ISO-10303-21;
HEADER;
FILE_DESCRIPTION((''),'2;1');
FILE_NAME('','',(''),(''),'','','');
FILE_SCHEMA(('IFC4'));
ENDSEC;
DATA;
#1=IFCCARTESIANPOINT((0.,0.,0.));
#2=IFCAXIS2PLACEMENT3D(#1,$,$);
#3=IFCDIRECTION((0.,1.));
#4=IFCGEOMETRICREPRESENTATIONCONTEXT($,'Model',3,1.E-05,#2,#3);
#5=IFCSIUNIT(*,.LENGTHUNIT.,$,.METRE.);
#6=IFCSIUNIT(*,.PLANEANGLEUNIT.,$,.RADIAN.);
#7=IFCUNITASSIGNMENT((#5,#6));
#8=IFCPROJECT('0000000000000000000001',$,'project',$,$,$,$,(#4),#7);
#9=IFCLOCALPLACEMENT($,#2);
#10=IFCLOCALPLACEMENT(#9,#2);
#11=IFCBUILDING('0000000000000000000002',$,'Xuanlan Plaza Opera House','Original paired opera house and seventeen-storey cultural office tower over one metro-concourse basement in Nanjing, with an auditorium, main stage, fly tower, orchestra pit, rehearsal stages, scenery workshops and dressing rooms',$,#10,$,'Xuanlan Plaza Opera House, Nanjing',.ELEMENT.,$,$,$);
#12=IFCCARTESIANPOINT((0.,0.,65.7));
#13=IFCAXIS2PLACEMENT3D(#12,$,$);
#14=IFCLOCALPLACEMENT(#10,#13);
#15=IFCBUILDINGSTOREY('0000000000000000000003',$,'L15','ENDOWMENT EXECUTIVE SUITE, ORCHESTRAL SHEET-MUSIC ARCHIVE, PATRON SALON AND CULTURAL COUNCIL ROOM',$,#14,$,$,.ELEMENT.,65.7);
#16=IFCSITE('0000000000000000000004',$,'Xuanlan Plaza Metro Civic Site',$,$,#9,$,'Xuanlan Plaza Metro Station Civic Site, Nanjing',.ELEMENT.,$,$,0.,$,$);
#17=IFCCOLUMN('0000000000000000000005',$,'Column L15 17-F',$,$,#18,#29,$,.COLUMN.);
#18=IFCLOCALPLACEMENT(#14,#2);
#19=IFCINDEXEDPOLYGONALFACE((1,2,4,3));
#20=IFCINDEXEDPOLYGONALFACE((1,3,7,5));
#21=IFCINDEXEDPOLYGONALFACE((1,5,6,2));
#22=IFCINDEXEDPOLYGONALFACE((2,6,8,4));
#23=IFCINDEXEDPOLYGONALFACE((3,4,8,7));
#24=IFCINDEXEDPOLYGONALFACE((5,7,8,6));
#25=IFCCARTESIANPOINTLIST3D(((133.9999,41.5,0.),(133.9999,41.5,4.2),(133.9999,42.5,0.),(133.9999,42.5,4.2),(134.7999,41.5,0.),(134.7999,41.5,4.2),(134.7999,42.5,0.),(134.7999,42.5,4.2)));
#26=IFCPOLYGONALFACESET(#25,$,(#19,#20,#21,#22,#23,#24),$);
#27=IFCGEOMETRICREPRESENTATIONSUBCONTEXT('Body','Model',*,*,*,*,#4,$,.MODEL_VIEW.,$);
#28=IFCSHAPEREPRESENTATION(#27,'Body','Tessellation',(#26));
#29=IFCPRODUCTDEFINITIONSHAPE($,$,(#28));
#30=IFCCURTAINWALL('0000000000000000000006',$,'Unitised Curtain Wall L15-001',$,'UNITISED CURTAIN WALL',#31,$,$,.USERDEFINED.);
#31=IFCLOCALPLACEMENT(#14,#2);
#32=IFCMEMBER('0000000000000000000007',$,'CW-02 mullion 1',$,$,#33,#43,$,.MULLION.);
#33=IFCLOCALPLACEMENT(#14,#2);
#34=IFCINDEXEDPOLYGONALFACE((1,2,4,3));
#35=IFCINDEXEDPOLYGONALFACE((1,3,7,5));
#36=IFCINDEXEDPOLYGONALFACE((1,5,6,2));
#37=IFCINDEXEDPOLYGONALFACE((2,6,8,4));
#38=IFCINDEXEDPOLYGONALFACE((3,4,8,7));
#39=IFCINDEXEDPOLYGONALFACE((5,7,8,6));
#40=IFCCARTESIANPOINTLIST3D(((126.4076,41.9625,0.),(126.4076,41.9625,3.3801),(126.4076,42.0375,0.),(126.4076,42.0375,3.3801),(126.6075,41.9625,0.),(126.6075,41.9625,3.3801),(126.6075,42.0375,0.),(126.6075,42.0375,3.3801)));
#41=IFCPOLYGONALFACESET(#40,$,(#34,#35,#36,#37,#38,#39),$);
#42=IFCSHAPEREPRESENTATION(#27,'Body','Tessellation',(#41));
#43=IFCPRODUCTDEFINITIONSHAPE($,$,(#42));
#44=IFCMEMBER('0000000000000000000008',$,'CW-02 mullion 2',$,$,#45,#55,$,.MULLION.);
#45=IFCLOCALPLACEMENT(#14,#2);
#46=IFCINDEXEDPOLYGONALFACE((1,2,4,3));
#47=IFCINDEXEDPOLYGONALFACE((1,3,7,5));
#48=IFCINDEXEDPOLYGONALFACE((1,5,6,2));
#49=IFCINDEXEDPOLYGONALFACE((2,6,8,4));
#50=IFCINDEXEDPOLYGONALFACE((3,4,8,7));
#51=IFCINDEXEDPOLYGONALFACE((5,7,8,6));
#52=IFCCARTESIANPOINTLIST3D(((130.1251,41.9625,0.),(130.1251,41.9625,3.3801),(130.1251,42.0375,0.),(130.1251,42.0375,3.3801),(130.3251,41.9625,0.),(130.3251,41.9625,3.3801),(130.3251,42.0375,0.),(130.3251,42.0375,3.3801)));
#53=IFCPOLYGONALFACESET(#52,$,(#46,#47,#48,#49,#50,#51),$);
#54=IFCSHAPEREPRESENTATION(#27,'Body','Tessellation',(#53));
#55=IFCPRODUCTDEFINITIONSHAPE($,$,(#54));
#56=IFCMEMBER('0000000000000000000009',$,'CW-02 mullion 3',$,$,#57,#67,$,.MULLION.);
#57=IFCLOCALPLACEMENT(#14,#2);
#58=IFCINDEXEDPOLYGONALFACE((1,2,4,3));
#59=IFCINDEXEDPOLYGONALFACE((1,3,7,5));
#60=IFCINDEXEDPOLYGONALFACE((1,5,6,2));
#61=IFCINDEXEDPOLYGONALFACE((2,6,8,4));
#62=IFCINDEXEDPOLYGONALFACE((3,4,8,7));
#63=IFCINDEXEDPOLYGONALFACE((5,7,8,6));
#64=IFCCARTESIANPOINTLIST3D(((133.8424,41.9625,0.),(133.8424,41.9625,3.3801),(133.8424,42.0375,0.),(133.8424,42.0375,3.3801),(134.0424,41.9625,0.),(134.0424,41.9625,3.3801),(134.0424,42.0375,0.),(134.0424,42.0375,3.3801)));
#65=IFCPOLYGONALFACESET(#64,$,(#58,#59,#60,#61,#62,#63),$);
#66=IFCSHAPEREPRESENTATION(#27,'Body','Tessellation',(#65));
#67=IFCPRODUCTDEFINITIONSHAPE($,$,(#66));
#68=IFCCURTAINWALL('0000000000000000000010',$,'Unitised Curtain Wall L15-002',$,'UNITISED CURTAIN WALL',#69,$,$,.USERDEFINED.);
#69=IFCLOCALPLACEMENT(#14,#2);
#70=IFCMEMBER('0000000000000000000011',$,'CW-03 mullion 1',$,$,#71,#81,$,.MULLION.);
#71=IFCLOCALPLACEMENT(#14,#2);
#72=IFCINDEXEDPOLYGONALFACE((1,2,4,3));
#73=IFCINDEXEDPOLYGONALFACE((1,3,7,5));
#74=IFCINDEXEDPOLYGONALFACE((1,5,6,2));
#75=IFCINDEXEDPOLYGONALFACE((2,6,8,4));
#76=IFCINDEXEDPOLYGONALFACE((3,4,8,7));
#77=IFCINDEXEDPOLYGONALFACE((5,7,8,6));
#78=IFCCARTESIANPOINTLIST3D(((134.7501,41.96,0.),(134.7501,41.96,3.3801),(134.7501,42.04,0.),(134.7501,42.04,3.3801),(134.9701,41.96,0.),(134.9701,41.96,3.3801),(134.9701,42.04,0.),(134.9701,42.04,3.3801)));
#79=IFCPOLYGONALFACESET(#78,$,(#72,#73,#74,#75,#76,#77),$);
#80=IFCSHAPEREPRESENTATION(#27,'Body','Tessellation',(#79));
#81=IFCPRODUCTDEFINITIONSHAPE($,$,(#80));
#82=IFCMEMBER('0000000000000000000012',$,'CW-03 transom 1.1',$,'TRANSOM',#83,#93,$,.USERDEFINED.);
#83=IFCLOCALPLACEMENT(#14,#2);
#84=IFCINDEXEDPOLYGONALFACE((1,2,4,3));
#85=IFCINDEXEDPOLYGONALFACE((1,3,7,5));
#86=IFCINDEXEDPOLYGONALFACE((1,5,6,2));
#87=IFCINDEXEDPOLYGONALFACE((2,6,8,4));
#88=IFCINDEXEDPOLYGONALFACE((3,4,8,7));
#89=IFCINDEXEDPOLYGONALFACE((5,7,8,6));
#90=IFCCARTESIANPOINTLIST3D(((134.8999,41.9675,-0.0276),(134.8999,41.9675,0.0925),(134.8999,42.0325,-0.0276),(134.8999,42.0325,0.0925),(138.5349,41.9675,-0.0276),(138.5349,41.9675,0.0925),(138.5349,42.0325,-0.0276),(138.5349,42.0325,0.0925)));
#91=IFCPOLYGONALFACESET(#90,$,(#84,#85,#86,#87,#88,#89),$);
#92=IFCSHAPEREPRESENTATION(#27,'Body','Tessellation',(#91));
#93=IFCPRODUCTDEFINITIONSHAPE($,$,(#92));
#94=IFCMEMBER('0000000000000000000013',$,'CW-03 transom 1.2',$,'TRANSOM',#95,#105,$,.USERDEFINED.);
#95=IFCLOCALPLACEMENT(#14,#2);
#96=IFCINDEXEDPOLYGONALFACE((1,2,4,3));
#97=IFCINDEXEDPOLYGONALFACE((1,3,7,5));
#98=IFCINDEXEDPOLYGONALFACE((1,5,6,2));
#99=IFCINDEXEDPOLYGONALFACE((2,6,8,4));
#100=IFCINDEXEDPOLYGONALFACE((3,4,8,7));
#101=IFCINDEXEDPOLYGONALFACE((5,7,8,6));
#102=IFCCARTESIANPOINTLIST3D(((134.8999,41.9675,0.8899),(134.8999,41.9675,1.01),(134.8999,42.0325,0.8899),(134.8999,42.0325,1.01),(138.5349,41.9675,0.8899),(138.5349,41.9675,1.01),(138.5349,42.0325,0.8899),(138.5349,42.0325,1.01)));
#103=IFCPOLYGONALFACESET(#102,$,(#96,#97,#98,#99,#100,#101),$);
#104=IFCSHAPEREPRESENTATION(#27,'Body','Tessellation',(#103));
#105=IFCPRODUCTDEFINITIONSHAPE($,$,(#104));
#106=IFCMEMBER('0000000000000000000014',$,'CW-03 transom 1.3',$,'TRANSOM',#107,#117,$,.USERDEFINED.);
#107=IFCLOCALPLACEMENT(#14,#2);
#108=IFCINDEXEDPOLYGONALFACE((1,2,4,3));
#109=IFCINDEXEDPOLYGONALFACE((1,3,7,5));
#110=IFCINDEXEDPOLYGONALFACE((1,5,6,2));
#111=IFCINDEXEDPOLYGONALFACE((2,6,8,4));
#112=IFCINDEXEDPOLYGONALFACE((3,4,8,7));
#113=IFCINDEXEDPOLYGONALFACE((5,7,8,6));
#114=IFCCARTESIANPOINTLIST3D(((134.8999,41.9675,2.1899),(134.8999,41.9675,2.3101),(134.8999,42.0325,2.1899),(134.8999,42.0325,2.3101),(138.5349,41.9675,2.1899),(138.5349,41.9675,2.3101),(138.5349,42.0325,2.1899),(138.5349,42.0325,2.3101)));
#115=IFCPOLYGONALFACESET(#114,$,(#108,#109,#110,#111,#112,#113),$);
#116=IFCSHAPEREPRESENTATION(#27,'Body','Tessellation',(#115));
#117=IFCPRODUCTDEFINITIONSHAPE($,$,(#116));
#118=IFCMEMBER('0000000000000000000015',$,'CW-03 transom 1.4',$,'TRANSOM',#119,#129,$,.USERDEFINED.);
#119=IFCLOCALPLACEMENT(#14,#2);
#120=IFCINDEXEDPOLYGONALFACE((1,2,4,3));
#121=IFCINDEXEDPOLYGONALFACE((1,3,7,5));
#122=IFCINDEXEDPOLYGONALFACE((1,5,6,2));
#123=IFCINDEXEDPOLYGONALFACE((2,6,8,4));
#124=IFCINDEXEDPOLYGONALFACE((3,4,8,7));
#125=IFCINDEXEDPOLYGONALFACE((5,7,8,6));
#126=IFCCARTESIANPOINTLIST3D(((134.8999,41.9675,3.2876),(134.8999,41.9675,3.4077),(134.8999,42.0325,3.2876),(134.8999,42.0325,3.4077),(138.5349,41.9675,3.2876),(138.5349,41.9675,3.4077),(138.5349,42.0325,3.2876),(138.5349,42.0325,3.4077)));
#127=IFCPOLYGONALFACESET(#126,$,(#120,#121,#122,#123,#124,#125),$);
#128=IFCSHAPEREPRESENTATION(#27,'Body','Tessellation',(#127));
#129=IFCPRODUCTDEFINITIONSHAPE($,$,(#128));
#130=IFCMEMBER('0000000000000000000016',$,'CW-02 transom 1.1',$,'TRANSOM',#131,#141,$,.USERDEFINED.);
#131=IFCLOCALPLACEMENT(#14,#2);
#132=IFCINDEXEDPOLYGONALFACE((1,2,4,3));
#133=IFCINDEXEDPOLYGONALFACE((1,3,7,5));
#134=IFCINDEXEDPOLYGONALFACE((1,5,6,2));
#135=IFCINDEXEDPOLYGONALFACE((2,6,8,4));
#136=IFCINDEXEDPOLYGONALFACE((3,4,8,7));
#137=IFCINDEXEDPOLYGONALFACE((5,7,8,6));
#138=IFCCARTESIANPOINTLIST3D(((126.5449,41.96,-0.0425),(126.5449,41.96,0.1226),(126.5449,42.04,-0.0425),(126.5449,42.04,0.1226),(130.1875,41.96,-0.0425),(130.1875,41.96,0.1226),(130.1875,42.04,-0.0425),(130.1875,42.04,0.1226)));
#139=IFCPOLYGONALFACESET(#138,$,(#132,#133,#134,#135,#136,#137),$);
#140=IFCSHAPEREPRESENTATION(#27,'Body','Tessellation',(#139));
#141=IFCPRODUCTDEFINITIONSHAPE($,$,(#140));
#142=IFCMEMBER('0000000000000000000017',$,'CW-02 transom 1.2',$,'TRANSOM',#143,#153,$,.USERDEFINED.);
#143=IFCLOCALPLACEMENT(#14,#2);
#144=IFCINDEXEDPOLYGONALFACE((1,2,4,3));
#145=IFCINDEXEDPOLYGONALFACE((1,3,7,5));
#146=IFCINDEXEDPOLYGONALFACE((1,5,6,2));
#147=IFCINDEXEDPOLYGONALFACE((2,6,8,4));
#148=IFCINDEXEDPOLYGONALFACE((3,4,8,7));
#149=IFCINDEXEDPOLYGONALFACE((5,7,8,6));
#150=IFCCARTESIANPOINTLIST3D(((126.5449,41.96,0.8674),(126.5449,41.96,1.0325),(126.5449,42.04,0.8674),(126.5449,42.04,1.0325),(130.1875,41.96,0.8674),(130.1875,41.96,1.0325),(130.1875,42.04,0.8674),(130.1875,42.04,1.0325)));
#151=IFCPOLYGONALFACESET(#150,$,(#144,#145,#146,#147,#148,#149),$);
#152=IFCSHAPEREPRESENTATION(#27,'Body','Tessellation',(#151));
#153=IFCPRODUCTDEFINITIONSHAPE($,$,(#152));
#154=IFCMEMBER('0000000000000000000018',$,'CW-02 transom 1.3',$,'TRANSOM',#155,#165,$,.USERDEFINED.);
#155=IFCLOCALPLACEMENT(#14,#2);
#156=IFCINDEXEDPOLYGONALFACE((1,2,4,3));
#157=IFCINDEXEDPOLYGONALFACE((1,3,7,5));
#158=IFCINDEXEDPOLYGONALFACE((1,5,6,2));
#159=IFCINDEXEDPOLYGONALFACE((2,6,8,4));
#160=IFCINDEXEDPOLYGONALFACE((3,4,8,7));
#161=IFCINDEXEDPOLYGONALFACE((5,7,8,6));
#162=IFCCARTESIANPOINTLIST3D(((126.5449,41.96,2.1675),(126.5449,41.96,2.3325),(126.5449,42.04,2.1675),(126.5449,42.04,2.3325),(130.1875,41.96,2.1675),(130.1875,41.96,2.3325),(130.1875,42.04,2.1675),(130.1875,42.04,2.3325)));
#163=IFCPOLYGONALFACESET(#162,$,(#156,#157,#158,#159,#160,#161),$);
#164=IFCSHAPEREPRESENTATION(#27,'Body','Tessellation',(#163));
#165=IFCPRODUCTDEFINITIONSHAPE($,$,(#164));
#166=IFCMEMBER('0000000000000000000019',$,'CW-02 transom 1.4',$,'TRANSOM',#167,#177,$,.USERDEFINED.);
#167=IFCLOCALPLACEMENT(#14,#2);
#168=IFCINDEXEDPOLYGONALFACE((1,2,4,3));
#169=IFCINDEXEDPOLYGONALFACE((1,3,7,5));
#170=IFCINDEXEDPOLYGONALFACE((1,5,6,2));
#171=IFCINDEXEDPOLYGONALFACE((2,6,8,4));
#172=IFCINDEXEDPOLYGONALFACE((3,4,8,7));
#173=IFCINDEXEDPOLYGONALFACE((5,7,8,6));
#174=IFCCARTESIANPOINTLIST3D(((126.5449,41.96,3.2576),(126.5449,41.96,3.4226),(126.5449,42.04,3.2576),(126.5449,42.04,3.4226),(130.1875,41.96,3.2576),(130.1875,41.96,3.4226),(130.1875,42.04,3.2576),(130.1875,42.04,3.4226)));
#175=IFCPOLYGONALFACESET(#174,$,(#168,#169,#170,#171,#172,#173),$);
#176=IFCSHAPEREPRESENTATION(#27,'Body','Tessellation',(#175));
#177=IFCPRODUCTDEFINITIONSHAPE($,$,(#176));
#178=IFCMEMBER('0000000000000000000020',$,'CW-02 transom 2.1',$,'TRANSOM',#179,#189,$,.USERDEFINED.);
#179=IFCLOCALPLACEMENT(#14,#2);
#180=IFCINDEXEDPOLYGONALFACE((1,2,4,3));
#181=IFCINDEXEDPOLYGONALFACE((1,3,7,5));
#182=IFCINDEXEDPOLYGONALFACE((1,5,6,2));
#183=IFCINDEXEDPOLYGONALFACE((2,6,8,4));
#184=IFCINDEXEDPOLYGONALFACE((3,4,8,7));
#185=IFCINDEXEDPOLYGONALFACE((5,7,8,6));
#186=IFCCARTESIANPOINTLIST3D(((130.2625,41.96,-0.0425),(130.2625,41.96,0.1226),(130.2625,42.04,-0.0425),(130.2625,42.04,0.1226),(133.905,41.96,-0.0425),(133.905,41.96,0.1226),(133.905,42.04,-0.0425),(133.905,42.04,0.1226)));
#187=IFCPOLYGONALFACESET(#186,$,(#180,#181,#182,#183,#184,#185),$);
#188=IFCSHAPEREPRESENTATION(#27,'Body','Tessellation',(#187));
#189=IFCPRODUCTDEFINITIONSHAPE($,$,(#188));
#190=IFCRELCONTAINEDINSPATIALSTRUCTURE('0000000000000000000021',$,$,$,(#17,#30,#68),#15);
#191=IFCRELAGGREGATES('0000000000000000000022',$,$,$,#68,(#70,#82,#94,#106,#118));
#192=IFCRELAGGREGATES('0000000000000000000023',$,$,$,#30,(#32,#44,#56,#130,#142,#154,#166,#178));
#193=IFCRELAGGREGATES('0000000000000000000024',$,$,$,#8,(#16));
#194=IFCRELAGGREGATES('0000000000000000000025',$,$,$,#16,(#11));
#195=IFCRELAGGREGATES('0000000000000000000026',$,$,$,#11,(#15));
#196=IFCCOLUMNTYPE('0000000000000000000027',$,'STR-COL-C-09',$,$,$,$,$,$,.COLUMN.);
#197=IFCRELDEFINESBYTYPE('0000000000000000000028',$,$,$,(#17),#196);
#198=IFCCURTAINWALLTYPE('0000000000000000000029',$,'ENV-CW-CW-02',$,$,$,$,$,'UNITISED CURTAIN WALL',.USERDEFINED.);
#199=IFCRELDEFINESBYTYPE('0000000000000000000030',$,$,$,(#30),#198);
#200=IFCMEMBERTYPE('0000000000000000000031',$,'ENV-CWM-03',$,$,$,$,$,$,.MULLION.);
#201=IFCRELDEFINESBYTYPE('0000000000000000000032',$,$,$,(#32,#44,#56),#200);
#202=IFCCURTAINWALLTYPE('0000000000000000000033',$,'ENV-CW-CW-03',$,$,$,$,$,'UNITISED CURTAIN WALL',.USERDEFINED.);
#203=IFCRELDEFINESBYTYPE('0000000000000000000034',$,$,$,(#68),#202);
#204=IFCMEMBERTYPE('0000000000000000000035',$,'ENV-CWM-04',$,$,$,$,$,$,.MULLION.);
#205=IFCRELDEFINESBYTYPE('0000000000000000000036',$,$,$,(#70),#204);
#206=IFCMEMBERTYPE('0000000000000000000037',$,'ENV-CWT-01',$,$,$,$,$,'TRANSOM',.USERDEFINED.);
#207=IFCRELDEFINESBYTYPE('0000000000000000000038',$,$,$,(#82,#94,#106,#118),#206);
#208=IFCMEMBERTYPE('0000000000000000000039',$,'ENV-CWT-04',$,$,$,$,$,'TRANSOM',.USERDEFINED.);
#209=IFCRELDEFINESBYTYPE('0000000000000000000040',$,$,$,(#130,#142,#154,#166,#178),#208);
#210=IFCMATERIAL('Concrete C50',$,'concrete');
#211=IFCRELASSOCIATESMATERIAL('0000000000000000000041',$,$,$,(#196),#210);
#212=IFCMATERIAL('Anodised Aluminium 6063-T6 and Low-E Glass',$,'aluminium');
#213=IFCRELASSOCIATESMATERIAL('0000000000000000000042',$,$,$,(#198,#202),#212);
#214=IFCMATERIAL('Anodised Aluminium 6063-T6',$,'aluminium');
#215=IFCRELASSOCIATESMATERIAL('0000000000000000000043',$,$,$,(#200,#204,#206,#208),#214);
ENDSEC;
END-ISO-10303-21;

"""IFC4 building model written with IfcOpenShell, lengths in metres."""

from ifc_helpers import new_model, si_unit, direction, frame, origin, origin_2d, place, context, subcontext, project, spatial, rectangle, extrude, material, material_profile, profile_set, type_object, element, aggregate, save


model = new_model("IFC4")

# Units and contexts
model_context = context("Model", 3, precision=1e-05, world=origin(), true_north=direction((0.0, 1.0)))
body_context = subcontext(model_context, "Body", "Model", "MODEL_VIEW")
ifc_project = project(units=[si_unit("LENGTHUNIT", "METRE"), si_unit("PLANEANGLEUNIT", "RADIAN")], contexts=[model_context])

# Site, building, storey
site_placement = place(None, origin())
site = spatial("IfcSite", under=ifc_project, at=site_placement, Name="Xuanlan Plaza Metro Civic Site", LongName="Xuanlan Plaza Metro Station Civic Site, Nanjing", CompositionType="ELEMENT", RefElevation=0.0)
building_placement = place(site_placement, origin())
building = spatial("IfcBuilding", under=site, at=building_placement, Name="Xuanlan Plaza Opera House", Description="Original paired opera house and seventeen-storey cultural office tower over one metro-concourse basement in Nanjing, with an auditorium, main stage, fly tower, orchestra pit, rehearsal stages, scenery workshops and dressing rooms", LongName="Xuanlan Plaza Opera House, Nanjing", CompositionType="ELEMENT")
storey_placement = place(building_placement, frame((0.0, 0.0, 65.7)))
storey = spatial("IfcBuildingStorey", under=building, at=storey_placement, Name="L15", Description="ENDOWMENT EXECUTIVE SUITE, ORCHESTRAL SHEET-MUSIC ARCHIVE, PATRON SALON AND CULTURAL COUNCIL ROOM", CompositionType="ELEMENT", Elevation=65.7)

# Column
ifc_material_1 = material(Name="Concrete C50", Category="concrete")
ifc_material_profile_1 = material_profile(ifc_material_1, rectangle(XDim=0.8, YDim=1.0, at=origin_2d()), Name="RC-COL 800x1000")
ifc_profile_set_1 = profile_set([ifc_material_profile_1], Name="Concrete C50")
column_type = type_object("IfcColumnType", Name="STR-COL-C-09", PredefinedType="COLUMN", material=ifc_profile_set_1)
column_placement = place(storey_placement, frame((134.3999, 42.0, 0.0), z_axis=(0.0, 0.0, 1.0), x_axis=(1.0, 0.0, 0.0)))
element("IfcColumn", 1, at=column_placement, inside=storey, type_object=column_type, Name="Column L15 17-F", PredefinedType="COLUMN", context=body_context, shape_type="SweptSolid", body=[
    extrude(rectangle(XDim=0.8, YDim=1.0, at=origin_2d()), origin(), (0.0, 0.0, 1.0), 4.2),
])

# Curtain walls, members
ifc_material_2 = material(Name="Anodised Aluminium 6063-T6 and Low-E Glass", Category="aluminium")
curtain_wall_type_1 = type_object("IfcCurtainWallType", Name="ENV-CW-CW-02", ElementType="UNITISED CURTAIN WALL", PredefinedType="USERDEFINED", material=ifc_material_2)
curtain_wall_1_placement = place(storey_placement, origin())
curtain_wall_1 = element("IfcCurtainWall", 2, at=curtain_wall_1_placement, inside=storey, type_object=curtain_wall_type_1, Name="Unitised Curtain Wall L15-001", ObjectType="UNITISED CURTAIN WALL", PredefinedType="USERDEFINED")
ifc_material_3 = material(Name="Anodised Aluminium 6063-T6", Category="aluminium")
ifc_material_profile_2 = material_profile(ifc_material_3, rectangle(XDim=0.075, YDim=0.2, at=origin_2d()), Name="ALU-M 75x200")
ifc_profile_set_2 = profile_set([ifc_material_profile_2], Name="Anodised Aluminium 6063-T6")
member_type_1 = type_object("IfcMemberType", Name="ENV-CWM-03", PredefinedType="MULLION", material=ifc_profile_set_2)
member_1_placement = place(storey_placement, frame((126.5076, 42.0, 0.0), z_axis=(0.0, 0.0, 1.0), x_axis=(0.0, 1.0, 0.0)))
member_1 = element("IfcMember", 3, at=member_1_placement, type_object=member_type_1, Name="CW-02 mullion 1", PredefinedType="MULLION", context=body_context, shape_type="SweptSolid", body=[
    extrude(rectangle(XDim=0.075, YDim=0.2, at=origin_2d()), origin(), (0.0, 0.0, 1.0), 3.3801),
])
member_2_placement = place(storey_placement, frame((130.2251, 42.0, 0.0), z_axis=(0.0, 0.0, 1.0), x_axis=(0.0, 1.0, 0.0)))
member_2 = element("IfcMember", 4, at=member_2_placement, type_object=member_type_1, Name="CW-02 mullion 2", PredefinedType="MULLION", context=body_context, shape_type="SweptSolid", body=[
    extrude(rectangle(XDim=0.075, YDim=0.2, at=origin_2d()), origin(), (0.0, 0.0, 1.0), 3.3801),
])
member_3_placement = place(storey_placement, frame((133.9424, 42.0, 0.0), z_axis=(0.0, 0.0, 1.0), x_axis=(0.0, 1.0, 0.0)))
member_3 = element("IfcMember", 5, at=member_3_placement, type_object=member_type_1, Name="CW-02 mullion 3", PredefinedType="MULLION", context=body_context, shape_type="SweptSolid", body=[
    extrude(rectangle(XDim=0.075, YDim=0.2, at=origin_2d()), origin(), (0.0, 0.0, 1.0), 3.3801),
])
curtain_wall_type_2 = type_object("IfcCurtainWallType", Name="ENV-CW-CW-03", ElementType="UNITISED CURTAIN WALL", PredefinedType="USERDEFINED", material=ifc_material_2)
curtain_wall_2_placement = place(storey_placement, origin())
curtain_wall_2 = element("IfcCurtainWall", 6, at=curtain_wall_2_placement, inside=storey, type_object=curtain_wall_type_2, Name="Unitised Curtain Wall L15-002", ObjectType="UNITISED CURTAIN WALL", PredefinedType="USERDEFINED")
ifc_material_profile_3 = material_profile(ifc_material_3, rectangle(XDim=0.0801, YDim=0.22, at=origin_2d()), Name="ALU-M 80x220")
ifc_profile_set_3 = profile_set([ifc_material_profile_3], Name="Anodised Aluminium 6063-T6")
member_type_2 = type_object("IfcMemberType", Name="ENV-CWM-04", PredefinedType="MULLION", material=ifc_profile_set_3)
member_4_placement = place(storey_placement, frame((134.8601, 42.0, 0.0), z_axis=(0.0, 0.0, 1.0), x_axis=(0.0, 1.0, 0.0)))
member_4 = element("IfcMember", 7, at=member_4_placement, type_object=member_type_2, Name="CW-03 mullion 1", PredefinedType="MULLION", context=body_context, shape_type="SweptSolid", body=[
    extrude(rectangle(XDim=0.0801, YDim=0.22, at=origin_2d()), origin(), (0.0, 0.0, 1.0), 3.3801),
])
ifc_material_profile_4 = material_profile(ifc_material_3, rectangle(XDim=0.0649, YDim=0.1201, at=origin_2d()), Name="ALU-T 65x120")
ifc_profile_set_4 = profile_set([ifc_material_profile_4], Name="Anodised Aluminium 6063-T6")
member_type_3 = type_object("IfcMemberType", Name="ENV-CWT-01", ElementType="TRANSOM", PredefinedType="USERDEFINED", material=ifc_profile_set_4)
member_5_placement = place(storey_placement, frame((134.8999, 42.0, 0.0325), z_axis=(1.0, 0.0, 0.0), x_axis=(0.0, 1.0, 0.0)))
member_5 = element("IfcMember", 8, at=member_5_placement, type_object=member_type_3, Name="CW-03 transom 1.1", ObjectType="TRANSOM", PredefinedType="USERDEFINED", context=body_context, shape_type="SweptSolid", body=[
    extrude(rectangle(XDim=0.0649, YDim=0.1201, at=origin_2d()), origin(), (0.0, 0.0, 1.0), 3.635),
])
member_6_placement = place(storey_placement, frame((134.8999, 42.0, 0.95), z_axis=(1.0, 0.0, 0.0), x_axis=(0.0, 1.0, 0.0)))
member_6 = element("IfcMember", 9, at=member_6_placement, type_object=member_type_3, Name="CW-03 transom 1.2", ObjectType="TRANSOM", PredefinedType="USERDEFINED", context=body_context, shape_type="SweptSolid", body=[
    extrude(rectangle(XDim=0.0649, YDim=0.1201, at=origin_2d()), origin(), (0.0, 0.0, 1.0), 3.635),
])
member_7_placement = place(storey_placement, frame((134.8999, 42.0, 2.25), z_axis=(1.0, 0.0, 0.0), x_axis=(0.0, 1.0, 0.0)))
member_7 = element("IfcMember", 10, at=member_7_placement, type_object=member_type_3, Name="CW-03 transom 1.3", ObjectType="TRANSOM", PredefinedType="USERDEFINED", context=body_context, shape_type="SweptSolid", body=[
    extrude(rectangle(XDim=0.0649, YDim=0.1201, at=origin_2d()), origin(), (0.0, 0.0, 1.0), 3.635),
])
member_8_placement = place(storey_placement, frame((134.8999, 42.0, 3.3477), z_axis=(1.0, 0.0, 0.0), x_axis=(0.0, 1.0, 0.0)))
member_8 = element("IfcMember", 11, at=member_8_placement, type_object=member_type_3, Name="CW-03 transom 1.4", ObjectType="TRANSOM", PredefinedType="USERDEFINED", context=body_context, shape_type="SweptSolid", body=[
    extrude(rectangle(XDim=0.0649, YDim=0.1201, at=origin_2d()), origin(), (0.0, 0.0, 1.0), 3.635),
])

# Members
ifc_material_profile_5 = material_profile(ifc_material_3, rectangle(XDim=0.0801, YDim=0.165, at=origin_2d()), Name="ALU-T 80x165")
ifc_profile_set_5 = profile_set([ifc_material_profile_5], Name="Anodised Aluminium 6063-T6")
member_type_4 = type_object("IfcMemberType", Name="ENV-CWT-04", ElementType="TRANSOM", PredefinedType="USERDEFINED", material=ifc_profile_set_5)
member_9_placement = place(storey_placement, frame((126.5449, 42.0, 0.04), z_axis=(1.0, 0.0, 0.0), x_axis=(0.0, 1.0, 0.0)))
member_9 = element("IfcMember", 12, at=member_9_placement, type_object=member_type_4, Name="CW-02 transom 1.1", ObjectType="TRANSOM", PredefinedType="USERDEFINED", context=body_context, shape_type="SweptSolid", body=[
    extrude(rectangle(XDim=0.0801, YDim=0.165, at=origin_2d()), origin(), (0.0, 0.0, 1.0), 3.6426),
])
member_10_placement = place(storey_placement, frame((126.5449, 42.0, 0.95), z_axis=(1.0, 0.0, 0.0), x_axis=(0.0, 1.0, 0.0)))
member_10 = element("IfcMember", 13, at=member_10_placement, type_object=member_type_4, Name="CW-02 transom 1.2", ObjectType="TRANSOM", PredefinedType="USERDEFINED", context=body_context, shape_type="SweptSolid", body=[
    extrude(rectangle(XDim=0.0801, YDim=0.165, at=origin_2d()), origin(), (0.0, 0.0, 1.0), 3.6426),
])
member_11_placement = place(storey_placement, frame((126.5449, 42.0, 2.25), z_axis=(1.0, 0.0, 0.0), x_axis=(0.0, 1.0, 0.0)))
member_11 = element("IfcMember", 14, at=member_11_placement, type_object=member_type_4, Name="CW-02 transom 1.3", ObjectType="TRANSOM", PredefinedType="USERDEFINED", context=body_context, shape_type="SweptSolid", body=[
    extrude(rectangle(XDim=0.0801, YDim=0.165, at=origin_2d()), origin(), (0.0, 0.0, 1.0), 3.6426),
])
member_12_placement = place(storey_placement, frame((126.5449, 42.0, 3.3401), z_axis=(1.0, 0.0, 0.0), x_axis=(0.0, 1.0, 0.0)))
member_12 = element("IfcMember", 15, at=member_12_placement, type_object=member_type_4, Name="CW-02 transom 1.4", ObjectType="TRANSOM", PredefinedType="USERDEFINED", context=body_context, shape_type="SweptSolid", body=[
    extrude(rectangle(XDim=0.0801, YDim=0.165, at=origin_2d()), origin(), (0.0, 0.0, 1.0), 3.6426),
])
member_13_placement = place(storey_placement, frame((130.2625, 42.0, 0.04), z_axis=(1.0, 0.0, 0.0), x_axis=(0.0, 1.0, 0.0)))
member_13 = element("IfcMember", 16, at=member_13_placement, type_object=member_type_4, Name="CW-02 transom 2.1", ObjectType="TRANSOM", PredefinedType="USERDEFINED", context=body_context, shape_type="SweptSolid", body=[
    extrude(rectangle(XDim=0.0801, YDim=0.165, at=origin_2d()), origin(), (0.0, 0.0, 1.0), 3.6426),
])

aggregate(curtain_wall_2, [member_4, member_5, member_6, member_7, member_8])
aggregate(curtain_wall_1, [member_1, member_2, member_3, member_9, member_10, member_11, member_12, member_13])

save(model, "model.ifc")
